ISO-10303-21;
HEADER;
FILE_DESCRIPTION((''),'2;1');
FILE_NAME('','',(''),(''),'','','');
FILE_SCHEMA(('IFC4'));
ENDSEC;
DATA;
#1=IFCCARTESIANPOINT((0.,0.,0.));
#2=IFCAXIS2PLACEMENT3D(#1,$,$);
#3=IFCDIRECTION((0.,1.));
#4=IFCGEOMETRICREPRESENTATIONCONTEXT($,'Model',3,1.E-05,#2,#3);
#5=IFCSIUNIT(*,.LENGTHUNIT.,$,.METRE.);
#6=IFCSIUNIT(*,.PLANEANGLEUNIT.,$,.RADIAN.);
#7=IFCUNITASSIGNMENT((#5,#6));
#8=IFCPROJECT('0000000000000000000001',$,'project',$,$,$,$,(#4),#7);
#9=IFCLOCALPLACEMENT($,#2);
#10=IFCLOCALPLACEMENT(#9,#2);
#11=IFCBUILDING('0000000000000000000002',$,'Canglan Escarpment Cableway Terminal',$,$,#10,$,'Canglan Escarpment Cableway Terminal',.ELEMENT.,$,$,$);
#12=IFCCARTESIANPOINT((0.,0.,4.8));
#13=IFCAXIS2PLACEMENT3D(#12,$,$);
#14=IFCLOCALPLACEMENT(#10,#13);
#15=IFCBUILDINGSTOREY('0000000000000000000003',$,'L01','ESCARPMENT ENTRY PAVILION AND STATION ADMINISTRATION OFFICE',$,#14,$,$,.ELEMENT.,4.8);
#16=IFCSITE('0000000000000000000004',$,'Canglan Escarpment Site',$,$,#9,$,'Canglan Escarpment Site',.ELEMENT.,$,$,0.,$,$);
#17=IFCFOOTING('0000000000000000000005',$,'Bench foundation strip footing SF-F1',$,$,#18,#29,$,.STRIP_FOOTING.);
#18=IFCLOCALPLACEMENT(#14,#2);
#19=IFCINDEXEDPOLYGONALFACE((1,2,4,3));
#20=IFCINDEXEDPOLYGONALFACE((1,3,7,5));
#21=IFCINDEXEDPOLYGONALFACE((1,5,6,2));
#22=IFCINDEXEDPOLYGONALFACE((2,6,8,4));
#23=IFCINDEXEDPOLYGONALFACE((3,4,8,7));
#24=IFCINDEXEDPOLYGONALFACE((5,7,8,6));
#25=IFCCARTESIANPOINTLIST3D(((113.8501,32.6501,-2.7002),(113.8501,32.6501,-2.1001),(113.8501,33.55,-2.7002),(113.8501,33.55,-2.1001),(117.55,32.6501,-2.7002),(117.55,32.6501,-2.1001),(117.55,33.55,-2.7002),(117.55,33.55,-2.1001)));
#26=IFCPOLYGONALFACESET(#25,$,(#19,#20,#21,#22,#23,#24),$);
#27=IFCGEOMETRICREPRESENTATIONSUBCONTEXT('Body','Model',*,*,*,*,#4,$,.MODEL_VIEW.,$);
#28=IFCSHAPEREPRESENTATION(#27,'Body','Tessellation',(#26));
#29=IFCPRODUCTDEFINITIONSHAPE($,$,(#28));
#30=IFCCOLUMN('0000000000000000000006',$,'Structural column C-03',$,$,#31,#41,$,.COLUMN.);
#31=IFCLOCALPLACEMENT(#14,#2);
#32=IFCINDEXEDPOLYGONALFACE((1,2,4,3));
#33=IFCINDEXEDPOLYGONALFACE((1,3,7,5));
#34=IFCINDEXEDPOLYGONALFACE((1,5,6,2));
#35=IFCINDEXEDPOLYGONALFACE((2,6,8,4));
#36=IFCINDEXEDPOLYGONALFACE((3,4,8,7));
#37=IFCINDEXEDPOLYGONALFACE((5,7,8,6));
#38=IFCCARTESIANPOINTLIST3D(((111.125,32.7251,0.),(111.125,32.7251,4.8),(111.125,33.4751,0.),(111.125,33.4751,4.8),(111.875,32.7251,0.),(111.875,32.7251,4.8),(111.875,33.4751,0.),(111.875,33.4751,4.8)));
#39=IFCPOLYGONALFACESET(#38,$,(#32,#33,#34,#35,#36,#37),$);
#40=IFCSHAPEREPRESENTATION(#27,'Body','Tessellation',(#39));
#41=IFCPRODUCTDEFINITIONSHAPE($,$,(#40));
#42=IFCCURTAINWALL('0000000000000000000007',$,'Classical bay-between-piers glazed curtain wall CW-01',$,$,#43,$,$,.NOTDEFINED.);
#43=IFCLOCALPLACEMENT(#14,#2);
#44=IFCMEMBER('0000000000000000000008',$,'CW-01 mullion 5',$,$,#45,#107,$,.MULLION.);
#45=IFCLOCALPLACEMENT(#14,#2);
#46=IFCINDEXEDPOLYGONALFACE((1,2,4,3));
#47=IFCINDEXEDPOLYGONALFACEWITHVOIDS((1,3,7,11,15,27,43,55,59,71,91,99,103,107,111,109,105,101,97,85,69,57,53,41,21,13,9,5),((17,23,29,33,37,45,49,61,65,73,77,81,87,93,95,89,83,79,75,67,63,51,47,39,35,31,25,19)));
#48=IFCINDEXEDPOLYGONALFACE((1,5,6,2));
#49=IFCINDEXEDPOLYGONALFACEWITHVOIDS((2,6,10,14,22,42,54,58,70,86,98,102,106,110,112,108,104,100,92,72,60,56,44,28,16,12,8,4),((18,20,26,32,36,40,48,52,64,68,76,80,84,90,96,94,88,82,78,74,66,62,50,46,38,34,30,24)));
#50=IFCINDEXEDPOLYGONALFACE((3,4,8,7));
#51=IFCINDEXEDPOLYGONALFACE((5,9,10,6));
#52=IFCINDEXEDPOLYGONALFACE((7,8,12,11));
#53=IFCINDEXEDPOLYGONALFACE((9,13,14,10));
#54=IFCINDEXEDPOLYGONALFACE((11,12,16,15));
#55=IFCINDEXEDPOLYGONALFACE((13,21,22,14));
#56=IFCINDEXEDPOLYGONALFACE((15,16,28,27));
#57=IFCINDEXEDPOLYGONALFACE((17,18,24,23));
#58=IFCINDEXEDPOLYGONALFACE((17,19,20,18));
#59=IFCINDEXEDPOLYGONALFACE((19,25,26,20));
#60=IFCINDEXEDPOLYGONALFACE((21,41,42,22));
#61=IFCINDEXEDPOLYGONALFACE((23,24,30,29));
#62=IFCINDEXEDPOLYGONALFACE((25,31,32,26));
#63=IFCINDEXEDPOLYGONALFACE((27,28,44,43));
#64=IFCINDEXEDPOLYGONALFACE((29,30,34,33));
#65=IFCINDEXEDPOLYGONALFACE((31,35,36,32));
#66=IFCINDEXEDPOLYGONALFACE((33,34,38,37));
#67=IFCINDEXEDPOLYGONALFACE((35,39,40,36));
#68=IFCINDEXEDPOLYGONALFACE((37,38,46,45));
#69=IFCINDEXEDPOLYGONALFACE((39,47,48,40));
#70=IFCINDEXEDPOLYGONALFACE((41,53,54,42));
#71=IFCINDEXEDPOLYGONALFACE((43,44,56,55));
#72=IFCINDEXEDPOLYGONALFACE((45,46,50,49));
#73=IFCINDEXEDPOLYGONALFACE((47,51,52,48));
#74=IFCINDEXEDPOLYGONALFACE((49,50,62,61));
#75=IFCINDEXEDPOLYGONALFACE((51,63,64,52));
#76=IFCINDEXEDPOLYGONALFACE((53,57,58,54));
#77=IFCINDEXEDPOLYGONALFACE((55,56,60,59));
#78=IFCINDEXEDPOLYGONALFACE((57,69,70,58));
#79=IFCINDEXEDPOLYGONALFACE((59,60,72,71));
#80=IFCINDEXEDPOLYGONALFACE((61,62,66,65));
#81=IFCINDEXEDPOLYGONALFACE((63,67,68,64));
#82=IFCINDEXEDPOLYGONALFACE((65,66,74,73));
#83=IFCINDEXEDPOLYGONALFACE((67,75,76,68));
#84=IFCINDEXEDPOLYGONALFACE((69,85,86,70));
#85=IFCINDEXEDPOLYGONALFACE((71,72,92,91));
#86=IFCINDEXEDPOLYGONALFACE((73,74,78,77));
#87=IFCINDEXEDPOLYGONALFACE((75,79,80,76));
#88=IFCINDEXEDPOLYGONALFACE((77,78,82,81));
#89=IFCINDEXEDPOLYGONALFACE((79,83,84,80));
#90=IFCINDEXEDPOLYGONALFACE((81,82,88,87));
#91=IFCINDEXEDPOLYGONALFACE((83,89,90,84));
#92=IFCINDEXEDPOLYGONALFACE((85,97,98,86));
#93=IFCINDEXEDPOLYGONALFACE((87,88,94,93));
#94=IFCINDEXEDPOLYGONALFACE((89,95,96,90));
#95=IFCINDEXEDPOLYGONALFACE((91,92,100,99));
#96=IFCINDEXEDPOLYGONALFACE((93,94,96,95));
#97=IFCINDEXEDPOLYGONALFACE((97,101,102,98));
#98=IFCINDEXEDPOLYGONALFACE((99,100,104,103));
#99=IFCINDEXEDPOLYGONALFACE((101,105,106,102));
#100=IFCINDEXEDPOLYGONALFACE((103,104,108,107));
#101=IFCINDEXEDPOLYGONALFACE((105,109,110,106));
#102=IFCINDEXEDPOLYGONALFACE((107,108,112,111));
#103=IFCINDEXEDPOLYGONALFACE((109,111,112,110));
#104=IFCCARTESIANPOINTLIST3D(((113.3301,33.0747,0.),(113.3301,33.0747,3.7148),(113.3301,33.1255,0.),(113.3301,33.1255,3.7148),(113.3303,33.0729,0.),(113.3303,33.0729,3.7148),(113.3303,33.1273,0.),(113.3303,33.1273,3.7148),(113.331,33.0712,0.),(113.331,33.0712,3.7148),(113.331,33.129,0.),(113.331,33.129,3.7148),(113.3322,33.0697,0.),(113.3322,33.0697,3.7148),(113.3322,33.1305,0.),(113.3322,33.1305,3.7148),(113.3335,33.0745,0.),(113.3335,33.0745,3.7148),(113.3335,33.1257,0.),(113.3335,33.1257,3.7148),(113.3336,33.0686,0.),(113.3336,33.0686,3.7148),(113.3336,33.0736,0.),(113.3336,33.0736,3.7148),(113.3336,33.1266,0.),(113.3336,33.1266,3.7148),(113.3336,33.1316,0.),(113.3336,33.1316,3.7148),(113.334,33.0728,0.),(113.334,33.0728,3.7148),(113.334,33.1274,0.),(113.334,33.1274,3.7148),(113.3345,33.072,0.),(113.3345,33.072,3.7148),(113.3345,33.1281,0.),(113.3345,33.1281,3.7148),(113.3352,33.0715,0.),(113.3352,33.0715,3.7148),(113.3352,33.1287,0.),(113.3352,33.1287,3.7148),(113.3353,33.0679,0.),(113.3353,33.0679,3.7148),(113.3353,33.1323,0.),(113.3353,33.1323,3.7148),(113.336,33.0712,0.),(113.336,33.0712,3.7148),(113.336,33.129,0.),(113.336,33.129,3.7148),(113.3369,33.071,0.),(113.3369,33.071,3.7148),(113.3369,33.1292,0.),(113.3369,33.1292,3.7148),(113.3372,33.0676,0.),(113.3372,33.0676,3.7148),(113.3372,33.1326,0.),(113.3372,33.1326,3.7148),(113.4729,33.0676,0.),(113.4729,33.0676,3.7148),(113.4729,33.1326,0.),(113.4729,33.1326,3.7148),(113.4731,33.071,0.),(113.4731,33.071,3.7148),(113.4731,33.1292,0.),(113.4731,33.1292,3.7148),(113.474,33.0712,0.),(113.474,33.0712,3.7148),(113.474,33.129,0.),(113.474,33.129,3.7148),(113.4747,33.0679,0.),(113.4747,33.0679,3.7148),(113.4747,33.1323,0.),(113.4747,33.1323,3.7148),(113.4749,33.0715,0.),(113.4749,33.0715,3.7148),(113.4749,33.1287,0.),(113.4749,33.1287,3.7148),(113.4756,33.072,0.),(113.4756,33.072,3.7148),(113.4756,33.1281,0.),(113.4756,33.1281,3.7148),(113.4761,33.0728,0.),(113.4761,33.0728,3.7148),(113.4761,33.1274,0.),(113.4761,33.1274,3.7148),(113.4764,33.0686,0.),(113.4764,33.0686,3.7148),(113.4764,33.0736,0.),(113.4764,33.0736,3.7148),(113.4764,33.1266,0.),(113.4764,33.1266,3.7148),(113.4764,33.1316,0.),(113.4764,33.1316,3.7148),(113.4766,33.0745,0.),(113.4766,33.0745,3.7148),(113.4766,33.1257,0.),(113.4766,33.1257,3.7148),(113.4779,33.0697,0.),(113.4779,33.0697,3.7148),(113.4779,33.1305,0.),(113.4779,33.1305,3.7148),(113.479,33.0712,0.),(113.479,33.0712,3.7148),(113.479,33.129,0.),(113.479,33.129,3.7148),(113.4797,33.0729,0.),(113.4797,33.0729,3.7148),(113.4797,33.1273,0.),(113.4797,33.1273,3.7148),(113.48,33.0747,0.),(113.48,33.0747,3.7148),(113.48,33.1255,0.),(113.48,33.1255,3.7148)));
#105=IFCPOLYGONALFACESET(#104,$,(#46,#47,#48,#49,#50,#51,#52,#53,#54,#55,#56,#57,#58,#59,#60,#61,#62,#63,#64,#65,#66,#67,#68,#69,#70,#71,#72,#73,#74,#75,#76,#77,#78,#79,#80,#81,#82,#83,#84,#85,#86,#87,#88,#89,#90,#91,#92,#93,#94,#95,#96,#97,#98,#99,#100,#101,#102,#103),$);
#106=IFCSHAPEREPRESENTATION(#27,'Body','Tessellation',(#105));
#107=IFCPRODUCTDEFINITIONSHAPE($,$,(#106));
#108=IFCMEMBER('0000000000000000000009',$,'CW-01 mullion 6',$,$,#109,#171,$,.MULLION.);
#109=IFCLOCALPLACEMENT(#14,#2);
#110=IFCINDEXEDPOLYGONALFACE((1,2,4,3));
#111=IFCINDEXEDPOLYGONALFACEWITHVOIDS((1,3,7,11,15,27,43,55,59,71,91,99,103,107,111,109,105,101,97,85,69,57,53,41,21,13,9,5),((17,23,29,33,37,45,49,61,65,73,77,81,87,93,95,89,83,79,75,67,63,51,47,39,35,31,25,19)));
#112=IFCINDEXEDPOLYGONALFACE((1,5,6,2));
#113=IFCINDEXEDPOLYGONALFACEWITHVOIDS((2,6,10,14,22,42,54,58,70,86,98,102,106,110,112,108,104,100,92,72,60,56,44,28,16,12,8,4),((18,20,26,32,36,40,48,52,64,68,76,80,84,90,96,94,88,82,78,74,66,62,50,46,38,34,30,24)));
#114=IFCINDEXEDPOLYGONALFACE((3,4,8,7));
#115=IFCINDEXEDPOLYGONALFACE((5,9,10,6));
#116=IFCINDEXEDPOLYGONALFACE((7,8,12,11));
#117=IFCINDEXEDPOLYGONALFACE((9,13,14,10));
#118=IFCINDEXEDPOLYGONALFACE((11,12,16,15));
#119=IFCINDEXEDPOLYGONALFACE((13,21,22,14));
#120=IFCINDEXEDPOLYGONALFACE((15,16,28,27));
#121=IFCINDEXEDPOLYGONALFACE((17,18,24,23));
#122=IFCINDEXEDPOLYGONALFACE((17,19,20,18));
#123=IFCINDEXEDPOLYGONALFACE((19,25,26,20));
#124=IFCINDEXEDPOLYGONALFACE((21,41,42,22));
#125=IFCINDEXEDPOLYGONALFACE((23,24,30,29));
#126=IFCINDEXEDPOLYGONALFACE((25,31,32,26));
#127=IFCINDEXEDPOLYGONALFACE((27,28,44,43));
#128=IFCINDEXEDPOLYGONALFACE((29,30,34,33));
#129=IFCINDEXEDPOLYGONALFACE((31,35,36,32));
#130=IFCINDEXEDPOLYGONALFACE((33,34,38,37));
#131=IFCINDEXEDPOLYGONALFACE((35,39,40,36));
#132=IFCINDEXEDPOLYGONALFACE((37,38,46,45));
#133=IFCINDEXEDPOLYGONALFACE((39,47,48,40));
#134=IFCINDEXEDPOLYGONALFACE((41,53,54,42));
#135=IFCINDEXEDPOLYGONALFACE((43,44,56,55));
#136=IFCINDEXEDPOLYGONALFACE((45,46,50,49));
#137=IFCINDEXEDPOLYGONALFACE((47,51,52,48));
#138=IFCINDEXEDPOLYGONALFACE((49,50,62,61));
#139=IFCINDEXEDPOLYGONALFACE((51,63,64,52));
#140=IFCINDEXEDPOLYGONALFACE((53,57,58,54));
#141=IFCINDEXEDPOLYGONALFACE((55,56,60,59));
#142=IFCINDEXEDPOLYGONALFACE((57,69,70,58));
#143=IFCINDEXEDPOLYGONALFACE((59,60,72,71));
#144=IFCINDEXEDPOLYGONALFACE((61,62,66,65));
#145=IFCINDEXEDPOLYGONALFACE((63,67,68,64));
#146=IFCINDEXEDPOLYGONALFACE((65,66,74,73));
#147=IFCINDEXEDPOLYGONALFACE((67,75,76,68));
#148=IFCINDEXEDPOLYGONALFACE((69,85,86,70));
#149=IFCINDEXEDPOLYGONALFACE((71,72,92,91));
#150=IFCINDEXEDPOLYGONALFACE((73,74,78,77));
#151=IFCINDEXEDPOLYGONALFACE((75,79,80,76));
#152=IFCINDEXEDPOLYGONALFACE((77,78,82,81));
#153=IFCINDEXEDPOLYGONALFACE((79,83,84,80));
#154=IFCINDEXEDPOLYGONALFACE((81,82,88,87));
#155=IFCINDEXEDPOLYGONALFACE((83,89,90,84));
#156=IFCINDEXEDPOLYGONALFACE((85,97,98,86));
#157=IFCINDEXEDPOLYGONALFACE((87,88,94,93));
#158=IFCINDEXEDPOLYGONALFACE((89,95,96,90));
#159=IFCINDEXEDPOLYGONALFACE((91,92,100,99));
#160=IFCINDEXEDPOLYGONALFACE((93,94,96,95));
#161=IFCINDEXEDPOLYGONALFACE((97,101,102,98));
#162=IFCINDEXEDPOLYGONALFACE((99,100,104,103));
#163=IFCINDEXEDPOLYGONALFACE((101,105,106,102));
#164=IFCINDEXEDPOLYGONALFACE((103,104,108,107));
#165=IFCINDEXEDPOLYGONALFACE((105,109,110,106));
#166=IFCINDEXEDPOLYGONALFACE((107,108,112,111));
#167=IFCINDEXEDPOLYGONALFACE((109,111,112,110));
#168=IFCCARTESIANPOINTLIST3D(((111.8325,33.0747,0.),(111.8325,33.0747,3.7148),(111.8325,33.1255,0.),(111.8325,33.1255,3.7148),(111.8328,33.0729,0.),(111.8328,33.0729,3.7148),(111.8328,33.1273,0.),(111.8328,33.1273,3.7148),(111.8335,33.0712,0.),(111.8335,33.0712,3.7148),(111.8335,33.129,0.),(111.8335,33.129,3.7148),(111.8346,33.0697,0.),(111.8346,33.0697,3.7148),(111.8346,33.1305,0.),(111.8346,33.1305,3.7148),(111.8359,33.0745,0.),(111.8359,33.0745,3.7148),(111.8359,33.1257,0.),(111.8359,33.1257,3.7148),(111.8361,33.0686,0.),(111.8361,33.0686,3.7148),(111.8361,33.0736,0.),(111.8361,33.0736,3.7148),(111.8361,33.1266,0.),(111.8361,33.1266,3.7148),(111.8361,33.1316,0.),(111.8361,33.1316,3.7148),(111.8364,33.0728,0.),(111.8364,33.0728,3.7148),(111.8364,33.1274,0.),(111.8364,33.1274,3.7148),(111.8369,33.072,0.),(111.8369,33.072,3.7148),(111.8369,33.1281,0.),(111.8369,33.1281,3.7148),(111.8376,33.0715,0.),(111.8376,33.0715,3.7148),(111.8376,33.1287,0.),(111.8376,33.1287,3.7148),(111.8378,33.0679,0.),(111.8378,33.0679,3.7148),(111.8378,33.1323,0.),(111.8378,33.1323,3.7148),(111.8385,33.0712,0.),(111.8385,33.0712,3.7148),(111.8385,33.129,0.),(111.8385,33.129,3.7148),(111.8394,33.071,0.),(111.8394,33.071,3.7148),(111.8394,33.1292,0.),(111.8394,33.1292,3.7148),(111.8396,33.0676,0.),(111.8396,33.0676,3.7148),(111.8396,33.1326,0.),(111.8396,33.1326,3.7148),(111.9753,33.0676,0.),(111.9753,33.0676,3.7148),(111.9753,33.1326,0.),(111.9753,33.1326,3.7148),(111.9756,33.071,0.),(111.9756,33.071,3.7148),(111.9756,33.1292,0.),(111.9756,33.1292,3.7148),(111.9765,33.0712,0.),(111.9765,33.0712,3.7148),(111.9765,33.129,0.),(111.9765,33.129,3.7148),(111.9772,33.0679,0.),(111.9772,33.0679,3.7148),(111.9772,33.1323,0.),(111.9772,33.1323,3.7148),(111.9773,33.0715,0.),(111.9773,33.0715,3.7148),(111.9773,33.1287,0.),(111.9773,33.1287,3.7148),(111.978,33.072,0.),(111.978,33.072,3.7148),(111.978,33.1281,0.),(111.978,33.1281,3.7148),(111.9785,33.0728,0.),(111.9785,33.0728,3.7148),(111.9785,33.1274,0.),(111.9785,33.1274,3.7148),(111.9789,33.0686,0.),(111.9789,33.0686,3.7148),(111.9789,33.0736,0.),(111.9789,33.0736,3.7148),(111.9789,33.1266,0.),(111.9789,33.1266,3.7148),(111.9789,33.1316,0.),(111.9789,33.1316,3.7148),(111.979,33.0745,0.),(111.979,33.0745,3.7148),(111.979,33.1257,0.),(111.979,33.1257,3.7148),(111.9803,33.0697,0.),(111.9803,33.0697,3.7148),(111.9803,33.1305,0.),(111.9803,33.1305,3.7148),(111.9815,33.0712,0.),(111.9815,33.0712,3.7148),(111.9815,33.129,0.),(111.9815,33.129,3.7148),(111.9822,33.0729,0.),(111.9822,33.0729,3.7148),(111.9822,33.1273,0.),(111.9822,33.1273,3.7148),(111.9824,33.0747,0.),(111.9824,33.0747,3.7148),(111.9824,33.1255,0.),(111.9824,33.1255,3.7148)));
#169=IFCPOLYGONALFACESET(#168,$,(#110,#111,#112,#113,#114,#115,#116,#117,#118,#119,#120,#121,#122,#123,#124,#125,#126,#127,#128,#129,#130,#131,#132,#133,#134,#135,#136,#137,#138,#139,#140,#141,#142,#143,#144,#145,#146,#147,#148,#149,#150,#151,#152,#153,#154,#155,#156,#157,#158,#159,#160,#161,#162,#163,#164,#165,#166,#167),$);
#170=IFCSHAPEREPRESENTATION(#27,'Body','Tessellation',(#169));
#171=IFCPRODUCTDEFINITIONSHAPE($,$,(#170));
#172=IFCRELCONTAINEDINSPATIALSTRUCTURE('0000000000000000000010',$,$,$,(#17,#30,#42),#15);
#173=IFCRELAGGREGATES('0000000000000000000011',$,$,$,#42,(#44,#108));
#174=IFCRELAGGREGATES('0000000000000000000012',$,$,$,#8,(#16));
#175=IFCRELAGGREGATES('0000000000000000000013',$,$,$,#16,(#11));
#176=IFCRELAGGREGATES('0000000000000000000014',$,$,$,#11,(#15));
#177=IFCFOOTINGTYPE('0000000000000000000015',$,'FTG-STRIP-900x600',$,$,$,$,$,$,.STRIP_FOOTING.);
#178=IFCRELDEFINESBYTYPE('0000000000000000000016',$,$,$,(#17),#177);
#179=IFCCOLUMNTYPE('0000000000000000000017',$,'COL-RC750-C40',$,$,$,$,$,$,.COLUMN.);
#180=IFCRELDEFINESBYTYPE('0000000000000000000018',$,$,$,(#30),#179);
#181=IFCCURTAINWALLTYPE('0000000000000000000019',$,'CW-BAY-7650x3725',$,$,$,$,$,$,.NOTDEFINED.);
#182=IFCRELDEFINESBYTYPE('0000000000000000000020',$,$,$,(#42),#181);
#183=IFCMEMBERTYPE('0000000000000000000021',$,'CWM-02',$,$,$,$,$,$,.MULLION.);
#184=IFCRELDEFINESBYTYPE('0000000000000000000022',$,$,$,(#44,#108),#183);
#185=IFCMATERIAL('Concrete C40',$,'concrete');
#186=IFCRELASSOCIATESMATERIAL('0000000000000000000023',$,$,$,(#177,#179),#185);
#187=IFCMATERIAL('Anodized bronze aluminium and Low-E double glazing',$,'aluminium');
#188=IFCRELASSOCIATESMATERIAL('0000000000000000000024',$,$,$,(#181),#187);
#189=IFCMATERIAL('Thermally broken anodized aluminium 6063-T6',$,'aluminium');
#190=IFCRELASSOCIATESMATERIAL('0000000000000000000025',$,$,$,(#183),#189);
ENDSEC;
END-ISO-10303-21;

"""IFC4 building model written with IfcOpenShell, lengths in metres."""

from ifc_helpers import new_model, si_unit, direction, frame, origin, origin_2d, place, context, subcontext, project, spatial, rectangle, hollow_rectangle, extrude, material, material_profile, profile_set, type_object, element, aggregate, save


model = new_model("IFC4")

# Units and contexts
model_context = context("Model", 3, precision=1e-05, world=origin(), true_north=direction((0.0, 1.0)))
body_context = subcontext(model_context, "Body", "Model", "MODEL_VIEW")
ifc_project = project(units=[si_unit("LENGTHUNIT", "METRE"), si_unit("PLANEANGLEUNIT", "RADIAN")], contexts=[model_context])

# Site, building, storey
site_placement = place(None, origin())
site = spatial("IfcSite", under=ifc_project, at=site_placement, Name="Canglan Escarpment Site", LongName="Canglan Escarpment Site", CompositionType="ELEMENT", RefElevation=0.0)
building_placement = place(site_placement, origin())
building = spatial("IfcBuilding", under=site, at=building_placement, Name="Canglan Escarpment Cableway Terminal", LongName="Canglan Escarpment Cableway Terminal", CompositionType="ELEMENT")
storey_placement = place(building_placement, frame((0.0, 0.0, 4.8)))
storey = spatial("IfcBuildingStorey", under=building, at=storey_placement, Name="L01", Description="ESCARPMENT ENTRY PAVILION AND STATION ADMINISTRATION OFFICE", CompositionType="ELEMENT", Elevation=4.8)

# Footing
ifc_material_1 = material(Name="Concrete C40", Category="concrete")
ifc_material_profile_1 = material_profile(ifc_material_1, rectangle(XDim=0.8999, YDim=0.6001, at=origin_2d()), Name="SF 900x600")
ifc_profile_set_1 = profile_set([ifc_material_profile_1], Name="Concrete C40")
footing_type = type_object("IfcFootingType", Name="FTG-STRIP-900x600", PredefinedType="STRIP_FOOTING", material=ifc_profile_set_1)
footing_placement = place(storey_placement, frame((113.8501, 33.1001, -2.4001), z_axis=(1.0, 0.0, 0.0), x_axis=(0.0, 1.0, 0.0)))
element("IfcFooting", 1, at=footing_placement, inside=storey, type_object=footing_type, Name="Bench foundation strip footing SF-F1", PredefinedType="STRIP_FOOTING", context=body_context, shape_type="SweptSolid", body=[
    extrude(rectangle(XDim=0.8999, YDim=0.6001, at=origin_2d()), origin(), (0.0, 0.0, 1.0), 3.7),
])

# Column
ifc_material_profile_2 = material_profile(ifc_material_1, rectangle(XDim=0.75, YDim=0.75, at=origin_2d()), Name="RC 750x750")
ifc_profile_set_2 = profile_set([ifc_material_profile_2], Name="Concrete C40")
column_type = type_object("IfcColumnType", Name="COL-RC750-C40", PredefinedType="COLUMN", material=ifc_profile_set_2)
column_placement = place(storey_placement, frame((111.5, 33.1001, 0.0), z_axis=(0.0, 0.0, 1.0), x_axis=(1.0, 0.0, 0.0)))
element("IfcColumn", 2, at=column_placement, inside=storey, type_object=column_type, Name="Structural column C-03", PredefinedType="COLUMN", context=body_context, shape_type="SweptSolid", body=[
    extrude(rectangle(XDim=0.75, YDim=0.75, at=origin_2d()), origin(), (0.0, 0.0, 1.0), 4.8),
])

# Curtain wall, members
ifc_material_2 = material(Name="Anodized bronze aluminium and Low-E double glazing", Category="aluminium")
curtain_wall_type = type_object("IfcCurtainWallType", Name="CW-BAY-7650x3725", PredefinedType="NOTDEFINED", material=ifc_material_2)
curtain_wall_placement = place(storey_placement, origin())
curtain_wall = element("IfcCurtainWall", 3, at=curtain_wall_placement, inside=storey, type_object=curtain_wall_type, Name="Classical bay-between-piers glazed curtain wall CW-01", PredefinedType="NOTDEFINED")
ifc_material_3 = material(Name="Thermally broken anodized aluminium 6063-T6", Category="aluminium")
ifc_material_profile_3 = material_profile(ifc_material_3, hollow_rectangle(XDim=0.0649, YDim=0.1499, WallThickness=0.0034, InnerFilletRadius=0.0034, OuterFilletRadius=0.0071, at=origin_2d()), Name="ALU-MULL 65x150x3.5")
ifc_profile_set_3 = profile_set([ifc_material_profile_3], Name="Thermally broken anodized aluminium 6063-T6")
member_type_1 = type_object("IfcMemberType", Name="CWM-02", PredefinedType="MULLION", material=ifc_profile_set_3)
member_1_placement = place(storey_placement, frame((113.405, 33.1001, 0.0), z_axis=(0.0, 0.0, 1.0), x_axis=(0.0, -1.0, 0.0)))
member_1 = element("IfcMember", 4, at=member_1_placement, type_object=member_type_1, Name="CW-01 mullion 5", PredefinedType="MULLION", context=body_context, shape_type="SweptSolid", body=[
    extrude(hollow_rectangle(XDim=0.0649, YDim=0.1499, WallThickness=0.0034, InnerFilletRadius=0.0034, OuterFilletRadius=0.0071, at=origin_2d()), origin(), (0.0, 0.0, 1.0), 3.7148),
])
member_2_placement = place(storey_placement, frame((111.9075, 33.1001, 0.0), z_axis=(0.0, 0.0, 1.0), x_axis=(0.0, -1.0, 0.0)))
member_2 = element("IfcMember", 5, at=member_2_placement, type_object=member_type_1, Name="CW-01 mullion 6", PredefinedType="MULLION", context=body_context, shape_type="SweptSolid", body=[
    extrude(hollow_rectangle(XDim=0.0649, YDim=0.1499, WallThickness=0.0034, InnerFilletRadius=0.0034, OuterFilletRadius=0.0071, at=origin_2d()), origin(), (0.0, 0.0, 1.0), 3.7148),
])

aggregate(curtain_wall, [member_1, member_2])

save(model, "model.ifc")
